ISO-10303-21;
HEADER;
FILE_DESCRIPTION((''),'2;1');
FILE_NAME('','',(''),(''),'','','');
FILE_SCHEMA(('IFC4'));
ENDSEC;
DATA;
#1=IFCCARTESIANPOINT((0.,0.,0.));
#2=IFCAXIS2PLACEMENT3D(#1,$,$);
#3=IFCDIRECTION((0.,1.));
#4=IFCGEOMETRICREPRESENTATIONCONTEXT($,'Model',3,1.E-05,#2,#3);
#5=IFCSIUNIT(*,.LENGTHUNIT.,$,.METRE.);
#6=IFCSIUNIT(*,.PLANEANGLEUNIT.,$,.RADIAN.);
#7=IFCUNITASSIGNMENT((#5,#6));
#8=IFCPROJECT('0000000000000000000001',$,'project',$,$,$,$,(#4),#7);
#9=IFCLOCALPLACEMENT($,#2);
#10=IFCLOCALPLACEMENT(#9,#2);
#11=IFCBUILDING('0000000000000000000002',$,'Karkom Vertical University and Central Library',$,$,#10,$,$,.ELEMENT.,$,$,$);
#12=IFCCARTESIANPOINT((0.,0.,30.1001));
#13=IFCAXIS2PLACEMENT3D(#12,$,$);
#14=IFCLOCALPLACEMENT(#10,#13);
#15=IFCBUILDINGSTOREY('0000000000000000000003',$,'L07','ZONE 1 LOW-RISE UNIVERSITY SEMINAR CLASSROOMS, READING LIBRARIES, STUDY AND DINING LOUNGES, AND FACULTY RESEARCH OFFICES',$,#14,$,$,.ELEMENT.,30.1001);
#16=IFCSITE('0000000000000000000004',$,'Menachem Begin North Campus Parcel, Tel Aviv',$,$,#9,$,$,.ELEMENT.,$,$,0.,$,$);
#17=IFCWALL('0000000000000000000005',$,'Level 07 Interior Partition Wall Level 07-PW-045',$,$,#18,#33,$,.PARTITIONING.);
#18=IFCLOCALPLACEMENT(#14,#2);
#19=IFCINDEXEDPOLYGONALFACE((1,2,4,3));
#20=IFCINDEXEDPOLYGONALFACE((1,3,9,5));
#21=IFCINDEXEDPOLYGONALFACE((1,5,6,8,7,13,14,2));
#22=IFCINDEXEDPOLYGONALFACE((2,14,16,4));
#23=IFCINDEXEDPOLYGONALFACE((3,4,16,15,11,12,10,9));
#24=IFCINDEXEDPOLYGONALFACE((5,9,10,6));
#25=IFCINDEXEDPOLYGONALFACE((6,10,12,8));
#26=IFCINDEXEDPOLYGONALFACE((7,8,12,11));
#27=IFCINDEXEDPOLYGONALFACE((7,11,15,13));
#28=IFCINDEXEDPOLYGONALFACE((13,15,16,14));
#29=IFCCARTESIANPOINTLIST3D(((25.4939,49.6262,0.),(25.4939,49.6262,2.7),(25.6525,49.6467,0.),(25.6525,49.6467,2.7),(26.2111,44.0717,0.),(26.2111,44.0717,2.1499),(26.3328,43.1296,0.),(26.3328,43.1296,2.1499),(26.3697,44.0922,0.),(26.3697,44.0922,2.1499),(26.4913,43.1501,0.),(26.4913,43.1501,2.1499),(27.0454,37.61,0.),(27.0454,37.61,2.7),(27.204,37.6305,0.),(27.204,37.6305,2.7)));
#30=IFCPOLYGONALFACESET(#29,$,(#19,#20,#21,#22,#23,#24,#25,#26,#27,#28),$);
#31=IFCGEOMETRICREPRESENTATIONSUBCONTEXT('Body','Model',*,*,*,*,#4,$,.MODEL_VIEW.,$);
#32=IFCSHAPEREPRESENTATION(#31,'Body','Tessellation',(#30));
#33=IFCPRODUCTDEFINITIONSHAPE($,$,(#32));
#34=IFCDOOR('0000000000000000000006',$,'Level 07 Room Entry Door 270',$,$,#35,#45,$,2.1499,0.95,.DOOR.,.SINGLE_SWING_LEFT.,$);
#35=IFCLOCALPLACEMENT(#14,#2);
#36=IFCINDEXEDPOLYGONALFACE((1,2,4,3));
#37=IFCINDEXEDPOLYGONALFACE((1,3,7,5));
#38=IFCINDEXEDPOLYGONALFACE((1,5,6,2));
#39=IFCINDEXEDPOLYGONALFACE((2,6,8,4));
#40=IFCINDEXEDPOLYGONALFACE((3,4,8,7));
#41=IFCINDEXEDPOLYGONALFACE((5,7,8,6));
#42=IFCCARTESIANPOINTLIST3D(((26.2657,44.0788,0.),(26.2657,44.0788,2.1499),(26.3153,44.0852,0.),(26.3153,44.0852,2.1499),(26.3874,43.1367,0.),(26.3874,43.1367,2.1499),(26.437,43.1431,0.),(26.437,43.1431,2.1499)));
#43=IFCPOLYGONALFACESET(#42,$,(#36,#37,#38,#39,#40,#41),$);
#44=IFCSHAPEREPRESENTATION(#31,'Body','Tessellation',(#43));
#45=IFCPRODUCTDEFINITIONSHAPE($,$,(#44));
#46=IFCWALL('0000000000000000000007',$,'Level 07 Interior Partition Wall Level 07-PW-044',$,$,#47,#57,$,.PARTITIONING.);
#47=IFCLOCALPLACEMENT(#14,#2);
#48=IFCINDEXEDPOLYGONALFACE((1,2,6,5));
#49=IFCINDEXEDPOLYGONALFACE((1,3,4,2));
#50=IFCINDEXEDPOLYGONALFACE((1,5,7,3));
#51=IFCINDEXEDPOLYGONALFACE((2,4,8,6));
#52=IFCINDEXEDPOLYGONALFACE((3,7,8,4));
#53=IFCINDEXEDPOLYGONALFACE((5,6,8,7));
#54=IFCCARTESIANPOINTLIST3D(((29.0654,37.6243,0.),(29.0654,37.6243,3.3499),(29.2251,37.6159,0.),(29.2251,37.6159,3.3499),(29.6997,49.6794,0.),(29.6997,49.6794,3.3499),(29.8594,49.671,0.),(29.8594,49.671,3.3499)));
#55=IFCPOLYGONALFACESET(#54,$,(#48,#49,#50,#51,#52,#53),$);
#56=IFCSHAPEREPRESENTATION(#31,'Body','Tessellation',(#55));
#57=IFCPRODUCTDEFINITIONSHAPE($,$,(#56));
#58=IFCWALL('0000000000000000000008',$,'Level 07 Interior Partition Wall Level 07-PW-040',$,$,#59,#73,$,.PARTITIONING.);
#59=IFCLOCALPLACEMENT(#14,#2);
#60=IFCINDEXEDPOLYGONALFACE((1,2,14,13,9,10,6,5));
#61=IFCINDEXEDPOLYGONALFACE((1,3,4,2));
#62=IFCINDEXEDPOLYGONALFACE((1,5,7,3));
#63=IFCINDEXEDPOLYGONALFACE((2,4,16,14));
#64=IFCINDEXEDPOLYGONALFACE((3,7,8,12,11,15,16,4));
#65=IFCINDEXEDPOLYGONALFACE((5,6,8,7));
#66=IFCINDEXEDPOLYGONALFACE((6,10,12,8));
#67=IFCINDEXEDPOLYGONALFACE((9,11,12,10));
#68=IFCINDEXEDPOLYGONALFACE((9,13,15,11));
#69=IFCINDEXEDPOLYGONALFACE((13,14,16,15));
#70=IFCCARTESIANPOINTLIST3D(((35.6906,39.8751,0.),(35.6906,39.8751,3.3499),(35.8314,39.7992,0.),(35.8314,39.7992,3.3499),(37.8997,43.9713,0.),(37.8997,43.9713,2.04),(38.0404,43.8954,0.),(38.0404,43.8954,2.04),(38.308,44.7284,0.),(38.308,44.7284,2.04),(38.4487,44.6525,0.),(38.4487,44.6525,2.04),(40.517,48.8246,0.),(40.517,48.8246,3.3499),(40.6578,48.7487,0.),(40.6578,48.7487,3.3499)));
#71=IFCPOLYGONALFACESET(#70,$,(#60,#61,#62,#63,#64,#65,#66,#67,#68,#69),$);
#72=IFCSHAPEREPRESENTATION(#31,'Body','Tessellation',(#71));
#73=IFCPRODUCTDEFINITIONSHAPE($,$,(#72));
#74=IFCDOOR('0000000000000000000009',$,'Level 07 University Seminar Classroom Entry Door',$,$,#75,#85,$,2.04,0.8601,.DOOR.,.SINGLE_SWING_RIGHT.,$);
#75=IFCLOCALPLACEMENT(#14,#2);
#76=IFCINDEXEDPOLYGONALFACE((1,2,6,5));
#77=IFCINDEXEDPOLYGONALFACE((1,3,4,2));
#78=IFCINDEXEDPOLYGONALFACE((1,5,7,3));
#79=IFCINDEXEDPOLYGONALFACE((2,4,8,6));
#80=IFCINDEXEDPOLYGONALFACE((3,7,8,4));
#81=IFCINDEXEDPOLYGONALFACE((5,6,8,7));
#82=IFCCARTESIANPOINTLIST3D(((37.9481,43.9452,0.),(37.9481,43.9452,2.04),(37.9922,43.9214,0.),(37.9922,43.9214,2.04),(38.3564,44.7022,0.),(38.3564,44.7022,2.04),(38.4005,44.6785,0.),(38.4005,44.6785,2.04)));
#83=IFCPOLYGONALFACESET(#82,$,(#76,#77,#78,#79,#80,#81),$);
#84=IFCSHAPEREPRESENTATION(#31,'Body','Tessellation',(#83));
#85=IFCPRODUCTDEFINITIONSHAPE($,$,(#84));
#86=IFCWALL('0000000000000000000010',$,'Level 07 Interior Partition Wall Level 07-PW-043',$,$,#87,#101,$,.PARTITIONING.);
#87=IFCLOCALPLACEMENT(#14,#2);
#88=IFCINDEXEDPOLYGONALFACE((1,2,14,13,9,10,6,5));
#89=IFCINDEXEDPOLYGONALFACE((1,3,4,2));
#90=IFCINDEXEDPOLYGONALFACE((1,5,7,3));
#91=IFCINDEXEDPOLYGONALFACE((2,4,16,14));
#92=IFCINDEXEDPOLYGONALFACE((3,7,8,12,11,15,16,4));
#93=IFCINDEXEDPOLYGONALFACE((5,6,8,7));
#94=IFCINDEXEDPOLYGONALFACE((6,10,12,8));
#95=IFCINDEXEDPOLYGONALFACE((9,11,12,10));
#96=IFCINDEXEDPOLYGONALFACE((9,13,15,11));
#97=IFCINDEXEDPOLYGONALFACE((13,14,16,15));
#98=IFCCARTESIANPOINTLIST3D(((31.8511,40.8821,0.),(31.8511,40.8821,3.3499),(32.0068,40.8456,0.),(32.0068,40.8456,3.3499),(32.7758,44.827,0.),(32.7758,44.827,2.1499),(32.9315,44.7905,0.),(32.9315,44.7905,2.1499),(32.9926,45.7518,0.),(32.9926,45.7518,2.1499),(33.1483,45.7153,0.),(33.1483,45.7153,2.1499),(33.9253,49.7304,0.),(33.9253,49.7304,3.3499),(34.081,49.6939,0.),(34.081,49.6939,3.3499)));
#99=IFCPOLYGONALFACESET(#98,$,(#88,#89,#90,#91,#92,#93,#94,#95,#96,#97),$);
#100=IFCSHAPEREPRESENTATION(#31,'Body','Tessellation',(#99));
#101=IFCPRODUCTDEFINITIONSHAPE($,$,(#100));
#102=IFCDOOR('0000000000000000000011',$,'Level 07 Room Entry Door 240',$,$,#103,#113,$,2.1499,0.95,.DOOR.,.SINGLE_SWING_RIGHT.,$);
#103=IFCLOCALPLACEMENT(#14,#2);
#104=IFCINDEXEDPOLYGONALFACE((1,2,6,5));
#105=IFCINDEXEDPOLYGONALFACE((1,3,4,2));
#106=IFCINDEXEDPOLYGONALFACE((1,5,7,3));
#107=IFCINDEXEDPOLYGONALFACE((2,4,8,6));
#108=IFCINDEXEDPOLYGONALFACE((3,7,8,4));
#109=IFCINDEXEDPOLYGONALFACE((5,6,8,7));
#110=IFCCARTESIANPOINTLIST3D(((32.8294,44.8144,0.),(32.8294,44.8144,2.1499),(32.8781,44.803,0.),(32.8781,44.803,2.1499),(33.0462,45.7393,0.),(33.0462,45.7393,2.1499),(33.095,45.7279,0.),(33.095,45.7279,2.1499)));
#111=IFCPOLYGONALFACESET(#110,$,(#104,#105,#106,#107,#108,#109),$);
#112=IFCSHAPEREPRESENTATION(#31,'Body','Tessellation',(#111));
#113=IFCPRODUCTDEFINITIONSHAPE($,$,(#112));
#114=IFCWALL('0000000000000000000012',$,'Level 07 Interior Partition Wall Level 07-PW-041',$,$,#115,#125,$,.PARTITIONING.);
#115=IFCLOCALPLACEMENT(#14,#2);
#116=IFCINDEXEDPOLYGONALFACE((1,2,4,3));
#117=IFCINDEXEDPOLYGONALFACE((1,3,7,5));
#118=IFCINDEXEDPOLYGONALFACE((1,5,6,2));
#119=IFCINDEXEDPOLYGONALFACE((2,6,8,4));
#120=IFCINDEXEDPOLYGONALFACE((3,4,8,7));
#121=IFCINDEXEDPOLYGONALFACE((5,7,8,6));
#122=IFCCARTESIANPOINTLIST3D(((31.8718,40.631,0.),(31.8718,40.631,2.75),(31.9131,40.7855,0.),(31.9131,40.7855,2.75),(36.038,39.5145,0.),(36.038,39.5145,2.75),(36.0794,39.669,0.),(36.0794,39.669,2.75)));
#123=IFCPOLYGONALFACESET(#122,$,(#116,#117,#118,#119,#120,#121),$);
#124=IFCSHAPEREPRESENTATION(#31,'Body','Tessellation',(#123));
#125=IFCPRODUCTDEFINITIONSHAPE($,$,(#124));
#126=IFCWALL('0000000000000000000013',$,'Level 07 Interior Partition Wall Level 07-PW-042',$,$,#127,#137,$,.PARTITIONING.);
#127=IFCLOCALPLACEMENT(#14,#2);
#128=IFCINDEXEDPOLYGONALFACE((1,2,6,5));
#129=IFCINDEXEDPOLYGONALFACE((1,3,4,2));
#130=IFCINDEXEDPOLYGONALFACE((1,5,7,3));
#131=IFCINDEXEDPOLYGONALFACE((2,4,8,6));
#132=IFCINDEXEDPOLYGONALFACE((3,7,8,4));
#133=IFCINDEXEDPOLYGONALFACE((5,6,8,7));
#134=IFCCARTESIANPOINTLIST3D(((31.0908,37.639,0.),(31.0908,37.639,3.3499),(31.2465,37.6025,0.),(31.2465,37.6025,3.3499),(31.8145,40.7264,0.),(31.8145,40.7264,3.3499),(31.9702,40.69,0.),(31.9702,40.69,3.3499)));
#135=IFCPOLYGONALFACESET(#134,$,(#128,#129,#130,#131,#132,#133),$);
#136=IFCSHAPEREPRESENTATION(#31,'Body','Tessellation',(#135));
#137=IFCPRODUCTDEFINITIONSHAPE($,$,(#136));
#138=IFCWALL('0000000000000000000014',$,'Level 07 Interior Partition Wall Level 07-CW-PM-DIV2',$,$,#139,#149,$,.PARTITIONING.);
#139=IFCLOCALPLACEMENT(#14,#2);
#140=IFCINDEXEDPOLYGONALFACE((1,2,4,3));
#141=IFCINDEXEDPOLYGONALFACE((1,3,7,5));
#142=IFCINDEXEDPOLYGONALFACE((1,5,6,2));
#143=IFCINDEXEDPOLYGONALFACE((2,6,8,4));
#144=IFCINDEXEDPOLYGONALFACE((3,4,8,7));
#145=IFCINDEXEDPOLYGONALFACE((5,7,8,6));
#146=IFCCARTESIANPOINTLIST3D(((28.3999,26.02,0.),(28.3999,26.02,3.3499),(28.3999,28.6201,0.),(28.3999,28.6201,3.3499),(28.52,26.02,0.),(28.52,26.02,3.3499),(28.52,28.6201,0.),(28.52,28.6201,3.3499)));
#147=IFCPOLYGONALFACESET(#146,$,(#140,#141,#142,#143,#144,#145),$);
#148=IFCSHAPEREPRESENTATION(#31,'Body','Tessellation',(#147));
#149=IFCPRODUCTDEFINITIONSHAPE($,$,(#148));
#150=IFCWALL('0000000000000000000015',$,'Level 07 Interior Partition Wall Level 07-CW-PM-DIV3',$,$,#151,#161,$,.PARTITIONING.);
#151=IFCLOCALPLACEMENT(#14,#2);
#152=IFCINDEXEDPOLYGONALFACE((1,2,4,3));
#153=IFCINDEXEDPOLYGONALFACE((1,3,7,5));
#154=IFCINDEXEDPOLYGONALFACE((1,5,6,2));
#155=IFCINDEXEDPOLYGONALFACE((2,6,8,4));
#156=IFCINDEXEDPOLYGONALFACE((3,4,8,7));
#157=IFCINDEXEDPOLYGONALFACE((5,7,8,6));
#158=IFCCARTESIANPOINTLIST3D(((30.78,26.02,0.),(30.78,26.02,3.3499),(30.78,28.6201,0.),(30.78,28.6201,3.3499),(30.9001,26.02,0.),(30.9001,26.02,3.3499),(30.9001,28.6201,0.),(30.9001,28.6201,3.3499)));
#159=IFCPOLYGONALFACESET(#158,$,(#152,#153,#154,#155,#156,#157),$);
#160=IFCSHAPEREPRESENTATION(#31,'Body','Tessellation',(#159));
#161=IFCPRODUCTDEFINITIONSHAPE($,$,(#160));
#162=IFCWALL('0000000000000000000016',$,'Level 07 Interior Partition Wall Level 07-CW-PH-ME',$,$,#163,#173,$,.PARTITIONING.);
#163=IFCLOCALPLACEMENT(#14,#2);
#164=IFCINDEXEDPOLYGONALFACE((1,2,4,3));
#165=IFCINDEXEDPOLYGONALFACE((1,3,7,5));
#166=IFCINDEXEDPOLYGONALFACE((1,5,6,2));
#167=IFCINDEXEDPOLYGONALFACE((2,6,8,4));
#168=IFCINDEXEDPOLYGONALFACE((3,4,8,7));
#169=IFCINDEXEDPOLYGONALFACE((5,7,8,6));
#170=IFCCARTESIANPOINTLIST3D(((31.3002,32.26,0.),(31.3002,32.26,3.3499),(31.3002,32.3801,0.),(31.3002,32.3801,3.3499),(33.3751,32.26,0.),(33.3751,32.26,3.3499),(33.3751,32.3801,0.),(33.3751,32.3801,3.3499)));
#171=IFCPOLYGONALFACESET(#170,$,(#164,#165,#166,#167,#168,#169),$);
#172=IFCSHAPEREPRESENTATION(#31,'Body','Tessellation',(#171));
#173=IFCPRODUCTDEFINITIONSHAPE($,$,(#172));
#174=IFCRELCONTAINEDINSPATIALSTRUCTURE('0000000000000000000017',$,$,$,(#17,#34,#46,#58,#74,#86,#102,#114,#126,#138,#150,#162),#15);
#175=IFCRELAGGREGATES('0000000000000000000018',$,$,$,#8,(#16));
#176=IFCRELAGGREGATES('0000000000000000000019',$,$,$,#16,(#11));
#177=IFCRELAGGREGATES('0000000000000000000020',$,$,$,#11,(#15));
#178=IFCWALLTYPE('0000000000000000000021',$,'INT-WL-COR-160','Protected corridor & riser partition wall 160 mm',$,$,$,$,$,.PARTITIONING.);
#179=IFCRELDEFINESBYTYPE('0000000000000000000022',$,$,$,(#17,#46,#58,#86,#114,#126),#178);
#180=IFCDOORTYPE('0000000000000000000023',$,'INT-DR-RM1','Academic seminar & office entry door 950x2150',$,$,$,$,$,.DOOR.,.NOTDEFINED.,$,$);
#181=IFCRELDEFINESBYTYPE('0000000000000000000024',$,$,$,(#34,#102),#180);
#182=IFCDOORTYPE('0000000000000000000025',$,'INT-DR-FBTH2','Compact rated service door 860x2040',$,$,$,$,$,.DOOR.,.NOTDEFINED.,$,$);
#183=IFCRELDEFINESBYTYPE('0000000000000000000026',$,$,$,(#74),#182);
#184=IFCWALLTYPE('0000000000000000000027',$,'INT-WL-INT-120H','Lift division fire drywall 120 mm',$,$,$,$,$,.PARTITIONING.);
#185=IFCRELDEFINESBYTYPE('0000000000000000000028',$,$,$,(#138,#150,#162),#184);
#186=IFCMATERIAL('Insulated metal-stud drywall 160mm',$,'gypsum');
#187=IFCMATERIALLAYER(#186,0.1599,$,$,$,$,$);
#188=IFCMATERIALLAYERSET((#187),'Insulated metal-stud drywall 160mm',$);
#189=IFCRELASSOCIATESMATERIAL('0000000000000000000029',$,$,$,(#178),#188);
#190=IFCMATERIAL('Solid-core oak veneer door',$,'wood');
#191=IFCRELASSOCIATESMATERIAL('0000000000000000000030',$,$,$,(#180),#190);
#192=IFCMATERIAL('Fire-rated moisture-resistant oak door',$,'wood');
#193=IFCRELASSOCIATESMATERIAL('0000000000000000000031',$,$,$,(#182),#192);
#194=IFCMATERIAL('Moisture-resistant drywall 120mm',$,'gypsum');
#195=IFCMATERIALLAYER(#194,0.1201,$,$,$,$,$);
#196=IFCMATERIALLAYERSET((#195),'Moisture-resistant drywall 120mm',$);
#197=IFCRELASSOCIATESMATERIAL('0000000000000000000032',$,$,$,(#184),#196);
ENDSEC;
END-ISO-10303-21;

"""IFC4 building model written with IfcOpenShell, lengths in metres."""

from ifc_helpers import new_model, si_unit, direction, frame, frame_2d, origin, origin_with_axes, place, context, subcontext, project, spatial, rectangle, extrude, source, transform, mapped, material, layer, layer_set, type_object, element, fill, save


model = new_model("IFC4")

# Units and contexts
model_context = context("Model", 3, precision=1e-05, world=origin(), true_north=direction((0.0, 1.0)))
body_context = subcontext(model_context, "Body", "Model", "MODEL_VIEW")
ifc_project = project(units=[si_unit("LENGTHUNIT", "METRE"), si_unit("PLANEANGLEUNIT", "RADIAN")], contexts=[model_context])

# Site, building, storey
site_placement = place(None, origin())
site = spatial("IfcSite", under=ifc_project, at=site_placement, Name="Menachem Begin North Campus Parcel, Tel Aviv", CompositionType="ELEMENT", RefElevation=0.0)
building_placement = place(site_placement, origin())
building = spatial("IfcBuilding", under=site, at=building_placement, Name="Karkom Vertical University and Central Library", CompositionType="ELEMENT")
storey_placement = place(building_placement, frame((0.0, 0.0, 30.1001)))
storey = spatial("IfcBuildingStorey", under=building, at=storey_placement, Name="L07", Description="ZONE 1 LOW-RISE UNIVERSITY SEMINAR CLASSROOMS, READING LIBRARIES, STUDY AND DINING LOUNGES, AND FACULTY RESEARCH OFFICES", CompositionType="ELEMENT", Elevation=30.1001)

# Wall, opening, door
ifc_material_1 = material(Name="Insulated metal-stud drywall 160mm", Category="gypsum")
ifc_layer_1 = layer(ifc_material_1, 0.1599)
ifc_layer_set_1 = layer_set([ifc_layer_1], Name="Insulated metal-stud drywall 160mm")
wall_type_1 = type_object("IfcWallType", Name="INT-WL-COR-160", Description="Protected corridor & riser partition wall 160 mm", PredefinedType="PARTITIONING", material=ifc_layer_set_1)
wall_1_placement = place(storey_placement, frame((27.1248, 37.6201, 0.0), z_axis=(0.0, 0.0, 1.0), x_axis=(-0.128056, 0.991767, 0.0)))
wall_1 = element("IfcWall", 1, at=wall_1_placement, inside=storey, type_object=wall_type_1, Name="Level 07 Interior Partition Wall Level 07-PW-045", PredefinedType="PARTITIONING", context=body_context, shape_type="SweptSolid", body=[
    extrude(rectangle(XDim=12.116, YDim=0.1599, at=frame_2d((6.0581, 0.0))), origin(), (0.0, 0.0, 1.0), 2.7),
])
opening_1_placement = place(wall_1_placement, frame((5.5654, 0.0, 0.0)))
opening_1 = element("IfcOpeningElement", 2, at=opening_1_placement, cuts=wall_1, PredefinedType="OPENING", context=body_context, shape_type="SweptSolid", body=[
    extrude(rectangle(XDim=0.95, YDim=2.1499, at=frame_2d((0.4751, 1.075))), frame((0.0, 0.0898, 0.0), z_axis=(0.0, -1.0, 0.0), x_axis=(1.0, 0.0, 0.0)), (0.0, 0.0, 1.0), 0.1799),
])
ifc_material_2 = material(Name="Solid-core oak veneer door", Category="wood")
door_type_1 = type_object("IfcDoorType", Name="INT-DR-RM1", Description="Academic seminar & office entry door 950x2150", OperationType="NOTDEFINED", PredefinedType="DOOR", material=ifc_material_2)
shared_shape_1 = source(origin_with_axes(), body_context, "Body", "SweptSolid", [
    extrude(rectangle(XDim=0.95, YDim=2.1499, at=frame_2d((0.4751, 1.075))), frame((0.0, 0.0249, 0.0), z_axis=(0.0, -1.0, 0.0), x_axis=(1.0, 0.0, 0.0)), (0.0, 0.0, 1.0), 0.05),
])
door_1_placement = place(opening_1_placement, origin())
door_1 = element("IfcDoor", 3, at=door_1_placement, inside=storey, type_object=door_type_1, Name="Level 07 Room Entry Door 270", OperationType="SINGLE_SWING_LEFT", OverallHeight=2.1499, OverallWidth=0.95, PredefinedType="DOOR", context=body_context, shape_type="MappedRepresentation", body=[
    mapped(shared_shape_1, transform((0.0, 0.0, 0.0), scale=1.0)),
])
fill(opening_1, door_1)

# Wall
wall_2_placement = place(storey_placement, frame((29.1453, 37.6201, 0.0), z_axis=(0.0, 0.0, 1.0), x_axis=(0.052542, 0.998619, 0.0)))
element("IfcWall", 4, at=wall_2_placement, inside=storey, type_object=wall_type_1, Name="Level 07 Interior Partition Wall Level 07-PW-044", PredefinedType="PARTITIONING", context=body_context, shape_type="SweptSolid", body=[
    extrude(rectangle(XDim=12.0718, YDim=0.1599, at=frame_2d((6.0359, 0.0))), origin(), (0.0, 0.0, 1.0), 3.3499),
])

# Walls, openings, doors
wall_3_placement = place(storey_placement, frame((35.761, 39.8372, 0.0), z_axis=(0.0, 0.0, 1.0), x_axis=(0.47467, 0.880164, 0.0)))
wall_3 = element("IfcWall", 5, at=wall_3_placement, inside=storey, type_object=wall_type_1, Name="Level 07 Interior Partition Wall Level 07-PW-040", PredefinedType="PARTITIONING", context=body_context, shape_type="SweptSolid", body=[
    extrude(rectangle(XDim=10.168, YDim=0.1599, at=frame_2d((5.084, 0.0))), origin(), (0.0, 0.0, 1.0), 3.3499),
])
opening_2_placement = place(wall_3_placement, frame((4.6538, 0.0, 0.0)))
opening_2 = element("IfcOpeningElement", 6, at=opening_2_placement, cuts=wall_3, PredefinedType="OPENING", context=body_context, shape_type="SweptSolid", body=[
    extrude(rectangle(XDim=0.8601, YDim=2.04, at=frame_2d((0.4302, 1.02))), frame((0.0, 0.0898, 0.0), z_axis=(0.0, -1.0, 0.0), x_axis=(1.0, 0.0, 0.0)), (0.0, 0.0, 1.0), 0.1799),
])
ifc_material_3 = material(Name="Fire-rated moisture-resistant oak door", Category="wood")
door_type_2 = type_object("IfcDoorType", Name="INT-DR-FBTH2", Description="Compact rated service door 860x2040", OperationType="NOTDEFINED", PredefinedType="DOOR", material=ifc_material_3)
shared_shape_2 = source(origin_with_axes(), body_context, "Body", "SweptSolid", [
    extrude(rectangle(XDim=0.8601, YDim=2.04, at=frame_2d((0.4302, 1.02))), frame((0.0, 0.0249, 0.0), z_axis=(0.0, -1.0, 0.0), x_axis=(1.0, 0.0, 0.0)), (0.0, 0.0, 1.0), 0.05),
])
door_2_placement = place(opening_2_placement, origin())
door_2 = element("IfcDoor", 7, at=door_2_placement, inside=storey, type_object=door_type_2, Name="Level 07 University Seminar Classroom Entry Door", OperationType="SINGLE_SWING_RIGHT", OverallHeight=2.04, OverallWidth=0.8601, PredefinedType="DOOR", context=body_context, shape_type="MappedRepresentation", body=[
    mapped(shared_shape_2, transform((0.0, 0.0, 0.0), scale=1.0)),
])
fill(opening_2, door_2)
wall_4_placement = place(storey_placement, frame((31.929, 40.864, 0.0), z_axis=(0.0, 0.0, 1.0), x_axis=(0.228231, 0.973607, 0.0)))
wall_4 = element("IfcWall", 8, at=wall_4_placement, inside=storey, type_object=wall_type_1, Name="Level 07 Interior Partition Wall Level 07-PW-043", PredefinedType="PARTITIONING", context=body_context, shape_type="SweptSolid", body=[
    extrude(rectangle(XDim=9.0881, YDim=0.1599, at=frame_2d((4.5439, 0.0))), origin(), (0.0, 0.0, 1.0), 3.3499),
])
opening_3_placement = place(wall_4_placement, frame((4.0515, 0.0, 0.0)))
opening_3 = element("IfcOpeningElement", 9, at=opening_3_placement, cuts=wall_4, PredefinedType="OPENING", context=body_context, shape_type="SweptSolid", body=[
    extrude(rectangle(XDim=0.95, YDim=2.1499, at=frame_2d((0.4751, 1.075))), frame((0.0, 0.0898, 0.0), z_axis=(0.0, -1.0, 0.0), x_axis=(1.0, 0.0, 0.0)), (0.0, 0.0, 1.0), 0.1799),
])
door_3_placement = place(opening_3_placement, origin())
door_3 = element("IfcDoor", 10, at=door_3_placement, inside=storey, type_object=door_type_1, Name="Level 07 Room Entry Door 240", OperationType="SINGLE_SWING_RIGHT", OverallHeight=2.1499, OverallWidth=0.95, PredefinedType="DOOR", context=body_context, shape_type="MappedRepresentation", body=[
    mapped(shared_shape_1, transform((0.0, 0.0, 0.0), scale=1.0)),
])
fill(opening_3, door_3)

# Walls
wall_5_placement = place(storey_placement, frame((31.8923, 40.7083, 0.0), z_axis=(0.0, 0.0, 1.0), x_axis=(0.96592, -0.258843, 0.0)))
element("IfcWall", 11, at=wall_5_placement, inside=storey, type_object=wall_type_1, Name="Level 07 Interior Partition Wall Level 07-PW-041", PredefinedType="PARTITIONING", context=body_context, shape_type="SweptSolid", body=[
    extrude(rectangle(XDim=4.3132, YDim=0.1599, at=frame_2d((2.1567, 0.0))), origin(), (0.0, 0.0, 1.0), 2.75),
])
wall_6_placement = place(storey_placement, frame((31.1687, 37.6208, 0.0), z_axis=(0.0, 0.0, 1.0), x_axis=(0.228198, 0.973615, 0.0)))
element("IfcWall", 12, at=wall_6_placement, inside=storey, type_object=wall_type_1, Name="Level 07 Interior Partition Wall Level 07-PW-042", PredefinedType="PARTITIONING", context=body_context, shape_type="SweptSolid", body=[
    extrude(rectangle(XDim=3.1711, YDim=0.1599, at=frame_2d((1.5854, 0.0))), origin(), (0.0, 0.0, 1.0), 3.3499),
])
ifc_material_4 = material(Name="Moisture-resistant drywall 120mm", Category="gypsum")
ifc_layer_2 = layer(ifc_material_4, 0.1201)
ifc_layer_set_2 = layer_set([ifc_layer_2], Name="Moisture-resistant drywall 120mm")
wall_type_2 = type_object("IfcWallType", Name="INT-WL-INT-120H", Description="Lift division fire drywall 120 mm", PredefinedType="PARTITIONING", material=ifc_layer_set_2)
for number, where, z_axis, x_axis, name in (
    (13, (28.46, 26.02, 0.0), (0.0, 0.0, 1.0), (0.0, 1.0, 0.0), "Level 07 Interior Partition Wall Level 07-CW-PM-DIV2"),
    (14, (30.8401, 26.02, 0.0), (0.0, 0.0, 1.0), (0.0, 1.0, 0.0), "Level 07 Interior Partition Wall Level 07-CW-PM-DIV3"),
):
    element("IfcWall", number, at=place(storey_placement, frame(where, z_axis=z_axis, x_axis=x_axis)), inside=storey, type_object=wall_type_2, Name=name, PredefinedType="PARTITIONING", context=body_context, shape_type="SweptSolid", body=[
        extrude(rectangle(XDim=2.6001, YDim=0.1201, at=frame_2d((1.3, 0.0))), origin(), (0.0, 0.0, 1.0), 3.3499),
    ])
wall_7_placement = place(storey_placement, frame((31.3, 32.3201, 0.0), z_axis=(0.0, 0.0, 1.0), x_axis=(1.0, 0.0, 0.0)))
element("IfcWall", 15, at=wall_7_placement, inside=storey, type_object=wall_type_2, Name="Level 07 Interior Partition Wall Level 07-CW-PH-ME", PredefinedType="PARTITIONING", context=body_context, shape_type="SweptSolid", body=[
    extrude(rectangle(XDim=2.075, YDim=0.1201, at=frame_2d((1.0376, 0.0))), origin(), (0.0, 0.0, 1.0), 3.3499),
])

save(model, "model.ifc")
